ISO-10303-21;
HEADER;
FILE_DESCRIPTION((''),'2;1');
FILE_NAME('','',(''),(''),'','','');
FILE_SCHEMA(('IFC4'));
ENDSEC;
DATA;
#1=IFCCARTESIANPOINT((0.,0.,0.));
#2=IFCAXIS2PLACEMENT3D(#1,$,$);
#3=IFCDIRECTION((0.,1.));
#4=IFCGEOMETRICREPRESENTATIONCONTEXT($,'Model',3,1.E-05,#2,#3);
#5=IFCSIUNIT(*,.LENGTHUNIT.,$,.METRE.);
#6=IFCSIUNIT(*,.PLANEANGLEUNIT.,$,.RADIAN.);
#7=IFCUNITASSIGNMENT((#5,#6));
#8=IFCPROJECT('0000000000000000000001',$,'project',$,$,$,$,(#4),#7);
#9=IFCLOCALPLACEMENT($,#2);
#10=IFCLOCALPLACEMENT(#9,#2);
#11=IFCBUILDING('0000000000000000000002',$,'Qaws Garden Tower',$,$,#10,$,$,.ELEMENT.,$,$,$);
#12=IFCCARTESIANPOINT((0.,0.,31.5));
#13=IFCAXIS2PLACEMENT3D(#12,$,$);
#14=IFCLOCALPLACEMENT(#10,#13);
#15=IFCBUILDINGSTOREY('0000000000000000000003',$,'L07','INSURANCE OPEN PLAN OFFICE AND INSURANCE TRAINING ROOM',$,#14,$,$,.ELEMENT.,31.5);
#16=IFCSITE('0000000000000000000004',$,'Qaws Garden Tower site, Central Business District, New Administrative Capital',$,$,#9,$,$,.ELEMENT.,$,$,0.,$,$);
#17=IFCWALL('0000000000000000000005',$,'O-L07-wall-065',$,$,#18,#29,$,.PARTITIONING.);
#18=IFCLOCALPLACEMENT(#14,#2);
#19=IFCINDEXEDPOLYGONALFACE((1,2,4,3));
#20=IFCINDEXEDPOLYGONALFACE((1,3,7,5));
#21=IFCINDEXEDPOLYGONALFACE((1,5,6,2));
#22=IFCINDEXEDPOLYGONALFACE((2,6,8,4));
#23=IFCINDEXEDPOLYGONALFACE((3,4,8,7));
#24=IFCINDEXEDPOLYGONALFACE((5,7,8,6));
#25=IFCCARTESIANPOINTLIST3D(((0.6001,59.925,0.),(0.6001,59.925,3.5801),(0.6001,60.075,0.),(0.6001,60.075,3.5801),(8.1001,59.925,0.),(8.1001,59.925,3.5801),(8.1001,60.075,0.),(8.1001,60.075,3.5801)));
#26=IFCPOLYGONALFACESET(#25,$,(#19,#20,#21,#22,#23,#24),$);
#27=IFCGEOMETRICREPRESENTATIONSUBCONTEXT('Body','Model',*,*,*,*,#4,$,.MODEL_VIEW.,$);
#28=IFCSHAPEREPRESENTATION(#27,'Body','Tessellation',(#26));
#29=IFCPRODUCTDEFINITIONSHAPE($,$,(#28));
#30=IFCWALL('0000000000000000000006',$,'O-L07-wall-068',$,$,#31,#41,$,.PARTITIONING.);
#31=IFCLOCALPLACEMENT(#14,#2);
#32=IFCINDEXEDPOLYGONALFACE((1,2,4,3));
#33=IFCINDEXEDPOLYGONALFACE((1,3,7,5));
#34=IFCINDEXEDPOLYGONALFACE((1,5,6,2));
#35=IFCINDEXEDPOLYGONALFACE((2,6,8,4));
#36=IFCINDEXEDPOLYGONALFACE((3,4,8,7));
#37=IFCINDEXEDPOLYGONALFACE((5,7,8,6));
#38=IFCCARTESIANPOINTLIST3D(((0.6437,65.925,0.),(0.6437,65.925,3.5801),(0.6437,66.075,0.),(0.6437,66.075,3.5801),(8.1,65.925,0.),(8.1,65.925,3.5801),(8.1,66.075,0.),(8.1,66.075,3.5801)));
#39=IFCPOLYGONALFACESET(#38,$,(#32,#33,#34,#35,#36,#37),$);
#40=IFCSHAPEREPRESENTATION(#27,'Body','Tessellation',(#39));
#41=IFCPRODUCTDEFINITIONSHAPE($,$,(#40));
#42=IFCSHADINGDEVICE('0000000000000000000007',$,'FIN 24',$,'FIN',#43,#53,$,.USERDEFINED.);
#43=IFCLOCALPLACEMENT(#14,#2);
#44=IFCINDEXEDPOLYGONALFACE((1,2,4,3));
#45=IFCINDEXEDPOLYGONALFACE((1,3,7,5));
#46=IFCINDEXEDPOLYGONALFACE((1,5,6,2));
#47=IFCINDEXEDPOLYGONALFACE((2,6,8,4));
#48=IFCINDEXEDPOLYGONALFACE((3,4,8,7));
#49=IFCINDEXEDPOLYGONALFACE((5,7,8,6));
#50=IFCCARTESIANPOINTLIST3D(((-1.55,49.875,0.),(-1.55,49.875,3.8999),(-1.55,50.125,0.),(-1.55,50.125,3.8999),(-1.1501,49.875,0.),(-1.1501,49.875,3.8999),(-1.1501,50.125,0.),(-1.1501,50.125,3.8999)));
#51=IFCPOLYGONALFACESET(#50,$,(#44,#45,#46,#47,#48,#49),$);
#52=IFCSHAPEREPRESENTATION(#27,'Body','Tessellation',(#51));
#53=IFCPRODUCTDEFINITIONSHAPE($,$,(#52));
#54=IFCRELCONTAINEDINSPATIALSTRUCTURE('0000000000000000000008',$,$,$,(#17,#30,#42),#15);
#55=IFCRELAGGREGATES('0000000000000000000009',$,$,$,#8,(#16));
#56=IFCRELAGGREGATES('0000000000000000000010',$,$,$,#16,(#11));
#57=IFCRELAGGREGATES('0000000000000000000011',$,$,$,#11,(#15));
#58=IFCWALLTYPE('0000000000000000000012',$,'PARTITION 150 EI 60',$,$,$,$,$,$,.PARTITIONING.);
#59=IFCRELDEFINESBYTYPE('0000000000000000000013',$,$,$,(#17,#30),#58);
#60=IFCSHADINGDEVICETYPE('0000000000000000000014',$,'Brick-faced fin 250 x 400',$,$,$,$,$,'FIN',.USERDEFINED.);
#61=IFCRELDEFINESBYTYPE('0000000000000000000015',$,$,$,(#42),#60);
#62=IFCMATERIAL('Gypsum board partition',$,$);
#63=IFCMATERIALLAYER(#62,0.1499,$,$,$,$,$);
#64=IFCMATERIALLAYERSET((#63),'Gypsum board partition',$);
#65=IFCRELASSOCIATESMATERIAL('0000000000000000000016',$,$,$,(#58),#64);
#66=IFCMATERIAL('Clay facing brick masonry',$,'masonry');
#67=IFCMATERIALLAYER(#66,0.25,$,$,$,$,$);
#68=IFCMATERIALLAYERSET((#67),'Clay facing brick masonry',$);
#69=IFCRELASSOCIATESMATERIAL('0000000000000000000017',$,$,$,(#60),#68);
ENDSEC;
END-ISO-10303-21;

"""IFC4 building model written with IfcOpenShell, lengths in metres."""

from ifc_helpers import new_model, si_unit, direction, frame, frame_2d, origin, origin_2d, place, context, subcontext, project, spatial, rectangle, extrude, material, layer, layer_set, type_object, element, save


model = new_model("IFC4")

# Units and contexts
model_context = context("Model", 3, precision=1e-05, world=origin(), true_north=direction((0.0, 1.0)))
body_context = subcontext(model_context, "Body", "Model", "MODEL_VIEW")
ifc_project = project(units=[si_unit("LENGTHUNIT", "METRE"), si_unit("PLANEANGLEUNIT", "RADIAN")], contexts=[model_context])

# Site, building, storey
site_placement = place(None, origin())
site = spatial("IfcSite", under=ifc_project, at=site_placement, Name="Qaws Garden Tower site, Central Business District, New Administrative Capital", CompositionType="ELEMENT", RefElevation=0.0)
building_placement = place(site_placement, origin())
building = spatial("IfcBuilding", under=site, at=building_placement, Name="Qaws Garden Tower", CompositionType="ELEMENT")
storey_placement = place(building_placement, frame((0.0, 0.0, 31.5)))
storey = spatial("IfcBuildingStorey", under=building, at=storey_placement, Name="L07", Description="INSURANCE OPEN PLAN OFFICE AND INSURANCE TRAINING ROOM", CompositionType="ELEMENT", Elevation=31.5)

# Shared definitions
ifc_material_1 = material(Name="Gypsum board partition")
ifc_layer_1 = layer(ifc_material_1, 0.1499)
ifc_layer_set_1 = layer_set([ifc_layer_1], Name="Gypsum board partition")
wall_type_1 = type_object("IfcWallType", Name="PARTITION 150 EI 60", PredefinedType="PARTITIONING", material=ifc_layer_set_1)

# Walls
wall_1_placement = place(storey_placement, frame((0.6001, 60.0, 0.0), z_axis=(0.0, 0.0, 1.0), x_axis=(1.0, 0.0, 0.0)))
element("IfcWall", 1, at=wall_1_placement, inside=storey, type_object=wall_type_1, Name="O-L07-wall-065", PredefinedType="PARTITIONING", context=body_context, shape_type="SweptSolid", body=[
    extrude(rectangle(XDim=7.5, YDim=0.1499, at=frame_2d((3.75, 0.0))), origin(), (0.0, 0.0, 1.0), 3.5801),
])
wall_2_placement = place(storey_placement, frame((0.6438, 66.0, 0.0), z_axis=(0.0, 0.0, 1.0), x_axis=(1.0, 0.0, 0.0)))
element("IfcWall", 2, at=wall_2_placement, inside=storey, type_object=wall_type_1, Name="O-L07-wall-068", PredefinedType="PARTITIONING", context=body_context, shape_type="SweptSolid", body=[
    extrude(rectangle(XDim=7.4563, YDim=0.1499, at=frame_2d((3.728, 0.0))), origin(), (0.0, 0.0, 1.0), 3.5801),
])

# Shading device
ifc_material_2 = material(Name="Clay facing brick masonry", Category="masonry")
ifc_layer_2 = layer(ifc_material_2, 0.25)
ifc_layer_set_2 = layer_set([ifc_layer_2], Name="Clay facing brick masonry")
shading_device_type = type_object("IfcShadingDeviceType", Name="Brick-faced fin 250 x 400", ElementType="FIN", PredefinedType="USERDEFINED", material=ifc_layer_set_2)
shading_device_placement = place(storey_placement, frame((-1.3501, 50.0, 0.0), z_axis=(0.0, 0.0, 1.0), x_axis=(0.0, -1.0, 0.0)))
element("IfcShadingDevice", 3, at=shading_device_placement, inside=storey, type_object=shading_device_type, Name="FIN 24", ObjectType="FIN", PredefinedType="USERDEFINED", context=body_context, shape_type="SweptSolid", body=[
    extrude(rectangle(XDim=0.25, YDim=0.3999, at=origin_2d()), origin(), (0.0, 0.0, 1.0), 3.8999),
])

save(model, "model.ifc")
